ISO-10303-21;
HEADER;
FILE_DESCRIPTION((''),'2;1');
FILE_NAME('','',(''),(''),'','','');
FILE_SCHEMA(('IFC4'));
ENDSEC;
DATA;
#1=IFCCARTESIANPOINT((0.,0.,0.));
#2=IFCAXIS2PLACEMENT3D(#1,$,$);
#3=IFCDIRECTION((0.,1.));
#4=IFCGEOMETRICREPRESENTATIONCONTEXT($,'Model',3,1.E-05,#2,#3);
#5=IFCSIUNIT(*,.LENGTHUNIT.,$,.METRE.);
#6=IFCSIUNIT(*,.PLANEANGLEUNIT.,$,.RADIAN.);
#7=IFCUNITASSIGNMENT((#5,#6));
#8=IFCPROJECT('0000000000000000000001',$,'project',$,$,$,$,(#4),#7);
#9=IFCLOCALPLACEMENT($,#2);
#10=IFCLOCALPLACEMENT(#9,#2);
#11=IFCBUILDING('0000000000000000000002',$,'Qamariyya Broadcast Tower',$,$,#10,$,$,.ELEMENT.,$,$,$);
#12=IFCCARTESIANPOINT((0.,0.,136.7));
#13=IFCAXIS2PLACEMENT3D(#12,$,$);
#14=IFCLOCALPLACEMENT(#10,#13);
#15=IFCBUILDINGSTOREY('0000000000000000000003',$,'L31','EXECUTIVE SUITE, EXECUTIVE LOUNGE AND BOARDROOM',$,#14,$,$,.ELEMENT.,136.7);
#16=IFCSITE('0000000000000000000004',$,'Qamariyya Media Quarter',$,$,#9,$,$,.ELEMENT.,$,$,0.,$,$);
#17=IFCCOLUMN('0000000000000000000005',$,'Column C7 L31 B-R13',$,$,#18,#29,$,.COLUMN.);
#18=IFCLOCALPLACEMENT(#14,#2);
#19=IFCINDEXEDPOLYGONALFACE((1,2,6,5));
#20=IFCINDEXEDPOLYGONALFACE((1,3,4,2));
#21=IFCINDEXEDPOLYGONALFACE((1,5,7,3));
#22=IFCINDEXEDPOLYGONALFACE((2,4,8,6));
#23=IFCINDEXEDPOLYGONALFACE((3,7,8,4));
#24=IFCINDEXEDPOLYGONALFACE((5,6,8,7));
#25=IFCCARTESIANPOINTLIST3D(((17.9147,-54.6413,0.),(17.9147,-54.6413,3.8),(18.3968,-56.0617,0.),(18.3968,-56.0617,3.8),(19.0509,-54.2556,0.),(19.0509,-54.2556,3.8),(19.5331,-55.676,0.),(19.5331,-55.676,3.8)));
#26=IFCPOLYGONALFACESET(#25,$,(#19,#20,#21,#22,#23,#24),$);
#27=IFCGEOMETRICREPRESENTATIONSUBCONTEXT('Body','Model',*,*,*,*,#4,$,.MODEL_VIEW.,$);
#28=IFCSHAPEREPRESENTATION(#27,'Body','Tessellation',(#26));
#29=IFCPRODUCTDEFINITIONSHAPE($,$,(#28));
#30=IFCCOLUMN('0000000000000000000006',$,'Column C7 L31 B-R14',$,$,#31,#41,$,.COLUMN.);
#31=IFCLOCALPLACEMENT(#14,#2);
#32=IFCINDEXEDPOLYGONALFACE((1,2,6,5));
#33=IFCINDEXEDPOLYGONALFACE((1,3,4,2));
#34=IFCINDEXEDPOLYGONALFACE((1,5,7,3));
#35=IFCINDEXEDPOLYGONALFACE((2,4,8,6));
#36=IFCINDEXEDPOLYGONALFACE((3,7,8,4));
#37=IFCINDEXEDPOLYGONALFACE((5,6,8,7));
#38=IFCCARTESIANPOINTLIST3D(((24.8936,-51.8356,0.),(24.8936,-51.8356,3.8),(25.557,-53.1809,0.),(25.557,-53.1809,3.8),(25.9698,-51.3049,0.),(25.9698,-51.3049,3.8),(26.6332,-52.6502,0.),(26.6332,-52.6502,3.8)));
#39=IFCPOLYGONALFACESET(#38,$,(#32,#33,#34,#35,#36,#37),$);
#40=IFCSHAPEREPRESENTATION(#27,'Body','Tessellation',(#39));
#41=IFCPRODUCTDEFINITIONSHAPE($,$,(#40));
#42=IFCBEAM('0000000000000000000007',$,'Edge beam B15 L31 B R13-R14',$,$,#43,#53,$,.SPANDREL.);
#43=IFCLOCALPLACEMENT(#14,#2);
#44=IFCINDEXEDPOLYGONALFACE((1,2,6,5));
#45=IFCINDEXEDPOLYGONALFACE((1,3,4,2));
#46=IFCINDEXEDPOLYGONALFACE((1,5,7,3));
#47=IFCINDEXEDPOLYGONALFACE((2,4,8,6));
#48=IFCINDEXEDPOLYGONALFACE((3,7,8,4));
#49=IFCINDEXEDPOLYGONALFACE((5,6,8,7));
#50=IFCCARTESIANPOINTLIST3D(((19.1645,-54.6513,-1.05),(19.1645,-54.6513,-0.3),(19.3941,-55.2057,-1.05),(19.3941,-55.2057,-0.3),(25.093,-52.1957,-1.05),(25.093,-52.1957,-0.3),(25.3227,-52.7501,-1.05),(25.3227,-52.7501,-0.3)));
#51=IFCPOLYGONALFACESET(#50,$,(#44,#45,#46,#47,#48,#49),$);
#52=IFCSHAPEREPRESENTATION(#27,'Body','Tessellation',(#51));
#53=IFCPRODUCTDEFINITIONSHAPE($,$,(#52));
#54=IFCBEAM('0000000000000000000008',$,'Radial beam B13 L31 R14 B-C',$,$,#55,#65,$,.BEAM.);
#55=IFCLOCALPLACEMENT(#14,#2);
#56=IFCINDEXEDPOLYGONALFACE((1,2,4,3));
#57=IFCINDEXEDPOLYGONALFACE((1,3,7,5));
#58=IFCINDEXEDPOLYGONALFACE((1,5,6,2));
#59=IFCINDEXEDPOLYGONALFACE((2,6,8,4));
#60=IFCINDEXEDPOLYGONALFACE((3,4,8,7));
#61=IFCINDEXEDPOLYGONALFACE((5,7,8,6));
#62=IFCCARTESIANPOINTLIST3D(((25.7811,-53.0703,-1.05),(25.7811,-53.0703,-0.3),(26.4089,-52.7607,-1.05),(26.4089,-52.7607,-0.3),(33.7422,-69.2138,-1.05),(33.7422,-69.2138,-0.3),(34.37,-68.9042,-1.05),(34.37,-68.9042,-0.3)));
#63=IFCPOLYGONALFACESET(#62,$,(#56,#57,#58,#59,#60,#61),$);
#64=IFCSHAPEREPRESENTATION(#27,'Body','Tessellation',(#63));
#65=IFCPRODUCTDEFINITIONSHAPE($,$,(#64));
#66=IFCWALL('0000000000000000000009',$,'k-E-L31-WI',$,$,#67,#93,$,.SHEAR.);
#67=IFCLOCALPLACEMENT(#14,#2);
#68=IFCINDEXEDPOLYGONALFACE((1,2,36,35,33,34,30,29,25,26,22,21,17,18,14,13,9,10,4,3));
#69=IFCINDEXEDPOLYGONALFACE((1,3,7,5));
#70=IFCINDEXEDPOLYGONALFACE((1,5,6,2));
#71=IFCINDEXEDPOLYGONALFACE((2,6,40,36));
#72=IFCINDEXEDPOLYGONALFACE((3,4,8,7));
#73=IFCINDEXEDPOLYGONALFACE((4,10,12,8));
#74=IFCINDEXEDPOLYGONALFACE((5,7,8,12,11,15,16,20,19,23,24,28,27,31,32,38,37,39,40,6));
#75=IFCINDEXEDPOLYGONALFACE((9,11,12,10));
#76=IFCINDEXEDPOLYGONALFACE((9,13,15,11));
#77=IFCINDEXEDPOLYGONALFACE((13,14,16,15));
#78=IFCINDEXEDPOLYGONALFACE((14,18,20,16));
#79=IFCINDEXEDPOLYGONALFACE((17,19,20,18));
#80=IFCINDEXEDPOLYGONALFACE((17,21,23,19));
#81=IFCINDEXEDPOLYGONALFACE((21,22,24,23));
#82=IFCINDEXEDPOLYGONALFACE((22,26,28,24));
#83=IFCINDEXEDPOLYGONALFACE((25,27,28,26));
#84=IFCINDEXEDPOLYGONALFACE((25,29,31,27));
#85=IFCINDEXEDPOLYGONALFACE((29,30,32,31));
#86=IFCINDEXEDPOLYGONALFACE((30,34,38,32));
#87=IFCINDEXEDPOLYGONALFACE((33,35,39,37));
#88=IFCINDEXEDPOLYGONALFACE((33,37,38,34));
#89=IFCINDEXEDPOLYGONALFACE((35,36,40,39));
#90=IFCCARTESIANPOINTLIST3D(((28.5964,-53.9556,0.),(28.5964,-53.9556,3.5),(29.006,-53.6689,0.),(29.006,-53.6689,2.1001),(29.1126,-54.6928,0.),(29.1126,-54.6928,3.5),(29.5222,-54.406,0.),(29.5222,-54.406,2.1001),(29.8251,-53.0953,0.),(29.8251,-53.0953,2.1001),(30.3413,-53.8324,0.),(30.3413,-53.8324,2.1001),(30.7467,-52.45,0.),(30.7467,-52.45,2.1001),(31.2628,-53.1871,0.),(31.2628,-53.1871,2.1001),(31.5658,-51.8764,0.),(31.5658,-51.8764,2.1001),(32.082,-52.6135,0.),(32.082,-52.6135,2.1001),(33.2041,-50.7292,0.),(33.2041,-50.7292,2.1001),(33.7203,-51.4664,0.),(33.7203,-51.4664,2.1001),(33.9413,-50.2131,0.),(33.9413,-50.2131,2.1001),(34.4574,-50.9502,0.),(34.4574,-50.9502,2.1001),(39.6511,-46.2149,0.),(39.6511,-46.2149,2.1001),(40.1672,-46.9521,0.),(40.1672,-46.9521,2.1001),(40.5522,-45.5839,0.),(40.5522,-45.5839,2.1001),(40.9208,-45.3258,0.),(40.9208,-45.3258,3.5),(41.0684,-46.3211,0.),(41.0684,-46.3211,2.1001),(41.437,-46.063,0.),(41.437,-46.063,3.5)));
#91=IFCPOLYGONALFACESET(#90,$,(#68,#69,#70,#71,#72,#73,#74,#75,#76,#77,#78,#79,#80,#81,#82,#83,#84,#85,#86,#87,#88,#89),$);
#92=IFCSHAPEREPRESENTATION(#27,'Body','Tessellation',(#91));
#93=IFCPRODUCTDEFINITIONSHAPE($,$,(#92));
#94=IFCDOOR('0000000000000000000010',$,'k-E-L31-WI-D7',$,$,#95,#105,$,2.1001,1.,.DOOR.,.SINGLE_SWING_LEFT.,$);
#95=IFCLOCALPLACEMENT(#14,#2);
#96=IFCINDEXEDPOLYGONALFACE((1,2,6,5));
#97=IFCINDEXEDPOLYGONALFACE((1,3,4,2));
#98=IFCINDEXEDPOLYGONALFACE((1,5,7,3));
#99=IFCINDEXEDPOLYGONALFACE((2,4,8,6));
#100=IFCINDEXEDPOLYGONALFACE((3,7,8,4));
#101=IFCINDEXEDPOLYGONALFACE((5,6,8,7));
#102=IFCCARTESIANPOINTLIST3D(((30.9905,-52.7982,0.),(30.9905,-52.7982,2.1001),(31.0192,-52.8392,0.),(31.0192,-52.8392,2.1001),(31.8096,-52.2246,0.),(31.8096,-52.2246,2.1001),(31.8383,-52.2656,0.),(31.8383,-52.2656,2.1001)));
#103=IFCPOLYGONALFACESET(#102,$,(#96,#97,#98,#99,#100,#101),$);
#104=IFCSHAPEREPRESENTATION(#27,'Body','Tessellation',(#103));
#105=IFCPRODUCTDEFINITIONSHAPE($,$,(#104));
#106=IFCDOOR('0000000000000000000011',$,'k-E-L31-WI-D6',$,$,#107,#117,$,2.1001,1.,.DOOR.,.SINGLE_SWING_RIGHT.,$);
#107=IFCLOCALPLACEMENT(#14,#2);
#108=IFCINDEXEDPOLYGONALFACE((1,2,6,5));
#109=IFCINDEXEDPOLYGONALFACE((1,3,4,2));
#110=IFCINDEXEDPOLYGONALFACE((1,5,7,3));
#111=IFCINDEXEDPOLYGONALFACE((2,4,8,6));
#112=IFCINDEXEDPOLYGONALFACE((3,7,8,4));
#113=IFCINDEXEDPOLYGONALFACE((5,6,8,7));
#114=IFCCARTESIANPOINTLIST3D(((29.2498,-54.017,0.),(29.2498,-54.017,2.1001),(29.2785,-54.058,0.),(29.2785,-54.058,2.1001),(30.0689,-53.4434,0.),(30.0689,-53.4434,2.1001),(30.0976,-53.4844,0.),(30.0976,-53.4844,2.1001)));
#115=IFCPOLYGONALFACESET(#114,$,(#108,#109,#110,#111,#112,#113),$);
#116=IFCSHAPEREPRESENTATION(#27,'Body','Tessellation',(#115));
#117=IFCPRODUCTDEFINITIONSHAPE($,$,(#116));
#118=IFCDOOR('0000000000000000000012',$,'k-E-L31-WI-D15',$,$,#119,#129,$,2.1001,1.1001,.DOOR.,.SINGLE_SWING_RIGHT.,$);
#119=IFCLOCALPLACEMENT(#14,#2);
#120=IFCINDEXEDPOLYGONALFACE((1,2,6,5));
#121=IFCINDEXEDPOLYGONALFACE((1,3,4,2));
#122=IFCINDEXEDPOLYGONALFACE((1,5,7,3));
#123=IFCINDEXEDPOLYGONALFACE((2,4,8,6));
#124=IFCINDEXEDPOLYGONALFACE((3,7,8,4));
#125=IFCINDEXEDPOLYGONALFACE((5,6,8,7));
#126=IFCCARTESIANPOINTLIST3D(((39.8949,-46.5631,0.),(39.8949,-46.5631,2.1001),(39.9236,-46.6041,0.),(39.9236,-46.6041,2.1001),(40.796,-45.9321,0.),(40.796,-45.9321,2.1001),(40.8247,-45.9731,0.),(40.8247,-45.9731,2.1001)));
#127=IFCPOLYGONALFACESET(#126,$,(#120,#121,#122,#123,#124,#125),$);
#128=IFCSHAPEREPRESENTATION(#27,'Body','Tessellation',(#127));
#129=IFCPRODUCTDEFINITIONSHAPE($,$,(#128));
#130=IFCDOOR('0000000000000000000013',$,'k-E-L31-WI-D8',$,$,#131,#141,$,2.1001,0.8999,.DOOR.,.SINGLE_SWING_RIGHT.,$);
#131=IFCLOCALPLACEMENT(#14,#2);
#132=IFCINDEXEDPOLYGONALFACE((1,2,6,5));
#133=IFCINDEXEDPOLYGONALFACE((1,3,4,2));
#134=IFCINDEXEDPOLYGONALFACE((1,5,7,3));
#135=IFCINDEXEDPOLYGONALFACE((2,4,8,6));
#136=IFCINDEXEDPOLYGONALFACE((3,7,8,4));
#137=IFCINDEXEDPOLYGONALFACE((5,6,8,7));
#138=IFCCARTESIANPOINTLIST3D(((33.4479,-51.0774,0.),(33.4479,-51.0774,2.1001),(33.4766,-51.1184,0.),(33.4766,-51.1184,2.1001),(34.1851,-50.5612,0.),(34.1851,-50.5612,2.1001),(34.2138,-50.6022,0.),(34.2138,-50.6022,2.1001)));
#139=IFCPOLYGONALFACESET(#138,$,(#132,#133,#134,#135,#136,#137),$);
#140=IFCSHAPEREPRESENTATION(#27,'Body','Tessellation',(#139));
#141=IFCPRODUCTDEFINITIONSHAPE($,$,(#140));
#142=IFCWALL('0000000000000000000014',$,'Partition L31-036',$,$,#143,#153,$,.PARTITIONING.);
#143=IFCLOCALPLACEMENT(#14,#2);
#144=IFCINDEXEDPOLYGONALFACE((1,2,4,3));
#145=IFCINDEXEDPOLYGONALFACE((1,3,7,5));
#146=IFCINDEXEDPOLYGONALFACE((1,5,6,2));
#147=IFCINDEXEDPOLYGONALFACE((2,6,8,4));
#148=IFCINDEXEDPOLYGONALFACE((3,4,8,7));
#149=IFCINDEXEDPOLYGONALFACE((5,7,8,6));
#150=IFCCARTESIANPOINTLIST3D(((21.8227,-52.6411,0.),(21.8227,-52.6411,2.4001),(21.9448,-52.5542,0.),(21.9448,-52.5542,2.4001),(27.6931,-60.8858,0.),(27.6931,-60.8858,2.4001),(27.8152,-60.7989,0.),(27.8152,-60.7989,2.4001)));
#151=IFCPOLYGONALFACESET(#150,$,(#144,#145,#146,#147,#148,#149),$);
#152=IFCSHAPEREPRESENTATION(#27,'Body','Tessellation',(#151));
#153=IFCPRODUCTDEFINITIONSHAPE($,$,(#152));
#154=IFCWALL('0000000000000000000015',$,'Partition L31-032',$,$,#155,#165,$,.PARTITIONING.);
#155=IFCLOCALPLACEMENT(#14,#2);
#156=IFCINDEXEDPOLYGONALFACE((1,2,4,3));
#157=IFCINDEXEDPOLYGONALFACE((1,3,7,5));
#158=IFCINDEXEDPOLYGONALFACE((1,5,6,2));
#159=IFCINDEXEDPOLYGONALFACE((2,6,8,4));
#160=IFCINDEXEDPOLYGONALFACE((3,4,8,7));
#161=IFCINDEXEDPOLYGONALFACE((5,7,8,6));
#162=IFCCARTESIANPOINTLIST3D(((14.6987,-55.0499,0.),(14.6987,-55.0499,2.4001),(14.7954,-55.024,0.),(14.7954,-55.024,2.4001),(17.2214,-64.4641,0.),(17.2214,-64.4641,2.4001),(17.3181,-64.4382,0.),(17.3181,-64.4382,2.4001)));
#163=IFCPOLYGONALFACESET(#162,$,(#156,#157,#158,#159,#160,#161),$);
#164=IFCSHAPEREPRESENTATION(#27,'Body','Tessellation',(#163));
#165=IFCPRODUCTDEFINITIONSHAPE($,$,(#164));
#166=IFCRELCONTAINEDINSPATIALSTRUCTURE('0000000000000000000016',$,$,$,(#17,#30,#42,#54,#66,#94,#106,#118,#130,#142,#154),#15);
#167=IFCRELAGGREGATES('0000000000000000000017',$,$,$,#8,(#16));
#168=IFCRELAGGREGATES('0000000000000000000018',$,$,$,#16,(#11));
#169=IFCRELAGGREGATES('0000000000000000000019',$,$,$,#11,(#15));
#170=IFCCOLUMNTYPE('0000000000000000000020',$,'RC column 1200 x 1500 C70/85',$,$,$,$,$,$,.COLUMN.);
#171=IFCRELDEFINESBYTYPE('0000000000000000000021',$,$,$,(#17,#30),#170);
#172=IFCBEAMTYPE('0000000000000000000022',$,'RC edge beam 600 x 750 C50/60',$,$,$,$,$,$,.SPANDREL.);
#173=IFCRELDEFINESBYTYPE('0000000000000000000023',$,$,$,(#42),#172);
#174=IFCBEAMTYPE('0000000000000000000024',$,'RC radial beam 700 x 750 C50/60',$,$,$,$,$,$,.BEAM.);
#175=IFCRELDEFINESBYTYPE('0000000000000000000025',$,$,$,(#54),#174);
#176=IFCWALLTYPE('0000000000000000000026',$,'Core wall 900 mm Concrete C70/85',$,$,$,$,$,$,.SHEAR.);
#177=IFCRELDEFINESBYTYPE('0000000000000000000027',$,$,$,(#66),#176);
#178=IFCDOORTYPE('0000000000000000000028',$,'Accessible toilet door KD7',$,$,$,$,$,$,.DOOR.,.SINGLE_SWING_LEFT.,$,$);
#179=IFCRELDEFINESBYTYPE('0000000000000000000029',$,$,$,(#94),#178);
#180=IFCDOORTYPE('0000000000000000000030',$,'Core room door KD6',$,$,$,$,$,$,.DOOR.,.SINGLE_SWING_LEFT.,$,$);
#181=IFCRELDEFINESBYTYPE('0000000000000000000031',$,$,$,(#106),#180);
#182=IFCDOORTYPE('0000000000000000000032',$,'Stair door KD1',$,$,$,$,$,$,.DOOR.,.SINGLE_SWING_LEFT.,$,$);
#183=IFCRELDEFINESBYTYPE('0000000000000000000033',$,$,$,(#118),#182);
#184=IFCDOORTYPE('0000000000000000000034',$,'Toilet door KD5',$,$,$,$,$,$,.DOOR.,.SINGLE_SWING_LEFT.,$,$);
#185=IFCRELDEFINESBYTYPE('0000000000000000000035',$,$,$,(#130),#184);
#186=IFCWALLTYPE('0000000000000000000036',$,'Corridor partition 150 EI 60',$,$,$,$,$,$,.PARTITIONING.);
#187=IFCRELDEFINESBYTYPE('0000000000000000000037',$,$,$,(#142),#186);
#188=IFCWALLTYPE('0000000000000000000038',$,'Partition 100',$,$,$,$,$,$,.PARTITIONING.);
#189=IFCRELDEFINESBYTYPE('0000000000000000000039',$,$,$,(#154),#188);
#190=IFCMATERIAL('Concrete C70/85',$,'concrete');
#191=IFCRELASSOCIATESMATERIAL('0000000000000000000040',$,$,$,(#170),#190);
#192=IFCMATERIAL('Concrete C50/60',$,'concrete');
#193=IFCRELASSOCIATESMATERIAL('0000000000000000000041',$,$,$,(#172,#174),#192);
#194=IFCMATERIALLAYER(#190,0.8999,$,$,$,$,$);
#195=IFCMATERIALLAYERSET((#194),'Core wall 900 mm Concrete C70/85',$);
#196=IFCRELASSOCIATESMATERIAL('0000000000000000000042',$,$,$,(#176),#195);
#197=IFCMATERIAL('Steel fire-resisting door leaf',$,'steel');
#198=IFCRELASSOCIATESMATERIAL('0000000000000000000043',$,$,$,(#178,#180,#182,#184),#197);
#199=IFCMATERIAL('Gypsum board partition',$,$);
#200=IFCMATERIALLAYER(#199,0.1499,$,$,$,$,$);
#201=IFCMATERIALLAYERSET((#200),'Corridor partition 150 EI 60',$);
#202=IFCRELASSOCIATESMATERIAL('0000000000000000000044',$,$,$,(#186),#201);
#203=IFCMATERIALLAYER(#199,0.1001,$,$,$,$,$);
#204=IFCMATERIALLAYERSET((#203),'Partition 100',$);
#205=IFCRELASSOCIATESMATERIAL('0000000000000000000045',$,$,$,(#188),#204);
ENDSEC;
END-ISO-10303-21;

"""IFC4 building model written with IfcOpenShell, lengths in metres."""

from ifc_helpers import new_model, si_unit, direction, frame, frame_2d, origin, origin_2d, place, context, subcontext, project, spatial, rectangle, extrude, material, layer, layer_set, material_profile, profile_set, type_object, element, fill, save


model = new_model("IFC4")

# Units and contexts
model_context = context("Model", 3, precision=1e-05, world=origin(), true_north=direction((0.0, 1.0)))
body_context = subcontext(model_context, "Body", "Model", "MODEL_VIEW")
ifc_project = project(units=[si_unit("LENGTHUNIT", "METRE"), si_unit("PLANEANGLEUNIT", "RADIAN")], contexts=[model_context])

# Site, building, storey
site_placement = place(None, origin())
site = spatial("IfcSite", under=ifc_project, at=site_placement, Name="Qamariyya Media Quarter", CompositionType="ELEMENT", RefElevation=0.0)
building_placement = place(site_placement, origin())
building = spatial("IfcBuilding", under=site, at=building_placement, Name="Qamariyya Broadcast Tower", CompositionType="ELEMENT")
storey_placement = place(building_placement, frame((0.0, 0.0, 136.7)))
storey = spatial("IfcBuildingStorey", under=building, at=storey_placement, Name="L31", Description="EXECUTIVE SUITE, EXECUTIVE LOUNGE AND BOARDROOM", CompositionType="ELEMENT", Elevation=136.7)

# Columns
ifc_material_1 = material(Name="Concrete C70/85", Category="concrete")
ifc_material_profile_1 = material_profile(ifc_material_1, rectangle(XDim=1.2, YDim=1.5, at=origin_2d()))
ifc_profile_set_1 = profile_set([ifc_material_profile_1], Name="Concrete C70/85")
column_type = type_object("IfcColumnType", Name="RC column 1200 x 1500 C70/85", PredefinedType="COLUMN", material=ifc_profile_set_1)
for number, where, z_axis, x_axis, name in (
    (1, (18.7239, -55.1587, 0.0), (0.0, 0.0, 1.0), (0.94693, 0.321439, 0.0), "Column C7 L31 B-R13"),
    (2, (25.7634, -52.2429, 0.0), (0.0, 0.0, 1.0), (0.896873, 0.442289, 0.0), "Column C7 L31 B-R14"),
):
    element("IfcColumn", number, at=place(storey_placement, frame(where, z_axis=z_axis, x_axis=x_axis)), inside=storey, type_object=column_type, Name=name, PredefinedType="COLUMN", context=body_context, shape_type="SweptSolid", body=[
        extrude(rectangle(XDim=1.2, YDim=1.5, at=origin_2d()), origin(), (0.0, 0.0, 1.0), 3.8),
    ])

# Beams
ifc_material_2 = material(Name="Concrete C50/60", Category="concrete")
ifc_material_profile_2 = material_profile(ifc_material_2, rectangle(XDim=0.6001, YDim=0.75, at=origin_2d()))
ifc_profile_set_2 = profile_set([ifc_material_profile_2], Name="Concrete C50/60")
beam_type_1 = type_object("IfcBeamType", Name="RC edge beam 600 x 750 C50/60", PredefinedType="SPANDREL", material=ifc_profile_set_2)
beam_1_placement = place(storey_placement, frame((19.2793, -54.9285, -0.675), z_axis=(0.923884, 0.382672, 0.0), x_axis=(-0.382672, 0.923884, 0.0)))
element("IfcBeam", 3, at=beam_1_placement, inside=storey, type_object=beam_type_1, Name="Edge beam B15 L31 B R13-R14", PredefinedType="SPANDREL", context=body_context, shape_type="SweptSolid", body=[
    extrude(rectangle(XDim=0.6001, YDim=0.75, at=origin_2d()), origin(), (0.0, 0.0, 1.0), 6.417),
])
ifc_material_profile_3 = material_profile(ifc_material_2, rectangle(XDim=0.7, YDim=0.75, at=origin_2d()))
ifc_profile_set_3 = profile_set([ifc_material_profile_3], Name="Concrete C50/60")
beam_type_2 = type_object("IfcBeamType", Name="RC radial beam 700 x 750 C50/60", PredefinedType="BEAM", material=ifc_profile_set_3)
beam_2_placement = place(storey_placement, frame((26.095, -52.9155, -0.675), z_axis=(0.442291, -0.896871, 0.0), x_axis=(0.896871, 0.442291, 0.0)))
element("IfcBeam", 4, at=beam_2_placement, inside=storey, type_object=beam_type_2, Name="Radial beam B13 L31 R14 B-C", PredefinedType="BEAM", context=body_context, shape_type="SweptSolid", body=[
    extrude(rectangle(XDim=0.7, YDim=0.75, at=origin_2d()), origin(), (0.0, 0.0, 1.0), 17.9998),
])

# Wall, openings, doors
ifc_layer_1 = layer(ifc_material_1, 0.8999)
ifc_layer_set_1 = layer_set([ifc_layer_1], Name="Core wall 900 mm Concrete C70/85")
wall_type_1 = type_object("IfcWallType", Name="Core wall 900 mm Concrete C70/85", PredefinedType="SHEAR", material=ifc_layer_set_1)
wall_1_placement = place(storey_placement, frame((28.8545, -54.3242, 0.0), z_axis=(0.0, 0.0, 1.0), x_axis=(0.819146, 0.573585, 0.0)))
wall_1 = element("IfcWall", 5, at=wall_1_placement, inside=storey, type_object=wall_type_1, Name="k-E-L31-WI", PredefinedType="SHEAR", context=body_context, shape_type="SweptSolid", body=[
    extrude(rectangle(XDim=15.0454, YDim=0.8999, at=frame_2d((7.5227, 0.0))), origin(), (0.0, 0.0, 1.0), 3.5),
])
opening_1_placement = place(wall_1_placement, frame((0.5, 0.0, 0.0)))
opening_1 = element("IfcOpeningElement", 6, at=opening_1_placement, cuts=wall_1, PredefinedType="OPENING", context=body_context, shape_type="SweptSolid", body=[
    extrude(rectangle(XDim=1.0, YDim=2.1001, at=frame_2d((0.5, 1.05))), frame((0.0, 0.46, 0.0), z_axis=(0.0, -1.0, 0.0), x_axis=(1.0, 0.0, 0.0)), (0.0, 0.0, 1.0), 0.9199),
])
opening_2_placement = place(wall_1_placement, frame((2.625, 0.0, 0.0)))
opening_2 = element("IfcOpeningElement", 7, at=opening_2_placement, cuts=wall_1, PredefinedType="OPENING", context=body_context, shape_type="SweptSolid", body=[
    extrude(rectangle(XDim=1.0, YDim=2.1001, at=frame_2d((0.5, 1.05))), frame((0.0, 0.46, 0.0), z_axis=(0.0, -1.0, 0.0), x_axis=(1.0, 0.0, 0.0)), (0.0, 0.0, 1.0), 0.9199),
])
opening_3_placement = place(wall_1_placement, frame((5.625, 0.0, 0.0)))
opening_3 = element("IfcOpeningElement", 8, at=opening_3_placement, cuts=wall_1, PredefinedType="OPENING", context=body_context, shape_type="SweptSolid", body=[
    extrude(rectangle(XDim=0.8999, YDim=2.1001, at=frame_2d((0.45, 1.05))), frame((0.0, 0.46, 0.0), z_axis=(0.0, -1.0, 0.0), x_axis=(1.0, 0.0, 0.0)), (0.0, 0.0, 1.0), 0.9199),
])
opening_4_placement = place(wall_1_placement, frame((13.4954, 0.0, 0.0)))
opening_4 = element("IfcOpeningElement", 9, at=opening_4_placement, cuts=wall_1, PredefinedType="OPENING", context=body_context, shape_type="SweptSolid", body=[
    extrude(rectangle(XDim=1.1001, YDim=2.1001, at=frame_2d((0.55, 1.05))), frame((0.0, 0.46, 0.0), z_axis=(0.0, -1.0, 0.0), x_axis=(1.0, 0.0, 0.0)), (0.0, 0.0, 1.0), 0.9199),
])
ifc_material_3 = material(Name="Steel fire-resisting door leaf", Category="steel")
door_type_1 = type_object("IfcDoorType", Name="Accessible toilet door KD7", OperationType="SINGLE_SWING_LEFT", PredefinedType="DOOR", material=ifc_material_3)
door_1_placement = place(opening_2_placement, origin())
door_1 = element("IfcDoor", 10, at=door_1_placement, inside=storey, type_object=door_type_1, Name="k-E-L31-WI-D7", OperationType="SINGLE_SWING_LEFT", OverallHeight=2.1001, OverallWidth=1.0, PredefinedType="DOOR", context=body_context, shape_type="SweptSolid", body=[
    extrude(rectangle(XDim=1.0, YDim=2.1001, at=frame_2d((0.5, 1.05))), frame((0.0, 0.0249, 0.0), z_axis=(0.0, -1.0, 0.0), x_axis=(1.0, 0.0, 0.0)), (0.0, 0.0, 1.0), 0.05),
])
fill(opening_2, door_1)
door_type_2 = type_object("IfcDoorType", Name="Core room door KD6", OperationType="SINGLE_SWING_LEFT", PredefinedType="DOOR", material=ifc_material_3)
door_2_placement = place(opening_1_placement, origin())
door_2 = element("IfcDoor", 11, at=door_2_placement, inside=storey, type_object=door_type_2, Name="k-E-L31-WI-D6", OperationType="SINGLE_SWING_RIGHT", OverallHeight=2.1001, OverallWidth=1.0, PredefinedType="DOOR", context=body_context, shape_type="SweptSolid", body=[
    extrude(rectangle(XDim=1.0, YDim=2.1001, at=frame_2d((0.5, 1.05))), frame((0.0, 0.0249, 0.0), z_axis=(0.0, -1.0, 0.0), x_axis=(1.0, 0.0, 0.0)), (0.0, 0.0, 1.0), 0.05),
])
fill(opening_1, door_2)
door_type_3 = type_object("IfcDoorType", Name="Stair door KD1", OperationType="SINGLE_SWING_LEFT", PredefinedType="DOOR", material=ifc_material_3)
door_3_placement = place(opening_4_placement, origin())
door_3 = element("IfcDoor", 12, at=door_3_placement, inside=storey, type_object=door_type_3, Name="k-E-L31-WI-D15", OperationType="SINGLE_SWING_RIGHT", OverallHeight=2.1001, OverallWidth=1.1001, PredefinedType="DOOR", context=body_context, shape_type="SweptSolid", body=[
    extrude(rectangle(XDim=1.1001, YDim=2.1001, at=frame_2d((0.55, 1.05))), frame((0.0, 0.0249, 0.0), z_axis=(0.0, -1.0, 0.0), x_axis=(1.0, 0.0, 0.0)), (0.0, 0.0, 1.0), 0.05),
])
fill(opening_4, door_3)
door_type_4 = type_object("IfcDoorType", Name="Toilet door KD5", OperationType="SINGLE_SWING_LEFT", PredefinedType="DOOR", material=ifc_material_3)
door_4_placement = place(opening_3_placement, origin())
door_4 = element("IfcDoor", 13, at=door_4_placement, inside=storey, type_object=door_type_4, Name="k-E-L31-WI-D8", OperationType="SINGLE_SWING_RIGHT", OverallHeight=2.1001, OverallWidth=0.8999, PredefinedType="DOOR", context=body_context, shape_type="SweptSolid", body=[
    extrude(rectangle(XDim=0.8999, YDim=2.1001, at=frame_2d((0.45, 1.05))), frame((0.0, 0.0249, 0.0), z_axis=(0.0, -1.0, 0.0), x_axis=(1.0, 0.0, 0.0)), (0.0, 0.0, 1.0), 0.05),
])
fill(opening_3, door_4)

# Walls
ifc_material_4 = material(Name="Gypsum board partition")
ifc_layer_2 = layer(ifc_material_4, 0.1499)
ifc_layer_set_2 = layer_set([ifc_layer_2], Name="Corridor partition 150 EI 60")
wall_type_2 = type_object("IfcWallType", Name="Corridor partition 150 EI 60", PredefinedType="PARTITIONING", material=ifc_layer_set_2)
wall_2_placement = place(storey_placement, frame((21.8838, -52.5977, 0.0), z_axis=(0.0, 0.0, 1.0), x_axis=(0.580017, -0.814605, 0.0)))
element("IfcWall", 14, at=wall_2_placement, inside=storey, type_object=wall_type_2, Name="Partition L31-036", PredefinedType="PARTITIONING", context=body_context, shape_type="SweptSolid", body=[
    extrude(rectangle(XDim=10.1211, YDim=0.1499, at=frame_2d((5.0605, 0.0))), origin(), (0.0, 0.0, 1.0), 2.4001),
])
ifc_layer_3 = layer(ifc_material_4, 0.1001)
ifc_layer_set_3 = layer_set([ifc_layer_3], Name="Partition 100")
wall_type_3 = type_object("IfcWallType", Name="Partition 100", PredefinedType="PARTITIONING", material=ifc_layer_set_3)
wall_3_placement = place(storey_placement, frame((14.7471, -55.0371, 0.0), z_axis=(0.0, 0.0, 1.0), x_axis=(0.258833, -0.965922, 0.0)))
element("IfcWall", 15, at=wall_3_placement, inside=storey, type_object=wall_type_3, Name="Partition L31-032", PredefinedType="PARTITIONING", context=body_context, shape_type="SweptSolid", body=[
    extrude(rectangle(XDim=9.7463, YDim=0.1001, at=frame_2d((4.873, 0.0))), origin(), (0.0, 0.0, 1.0), 2.4001),
])

save(model, "model.ifc")
